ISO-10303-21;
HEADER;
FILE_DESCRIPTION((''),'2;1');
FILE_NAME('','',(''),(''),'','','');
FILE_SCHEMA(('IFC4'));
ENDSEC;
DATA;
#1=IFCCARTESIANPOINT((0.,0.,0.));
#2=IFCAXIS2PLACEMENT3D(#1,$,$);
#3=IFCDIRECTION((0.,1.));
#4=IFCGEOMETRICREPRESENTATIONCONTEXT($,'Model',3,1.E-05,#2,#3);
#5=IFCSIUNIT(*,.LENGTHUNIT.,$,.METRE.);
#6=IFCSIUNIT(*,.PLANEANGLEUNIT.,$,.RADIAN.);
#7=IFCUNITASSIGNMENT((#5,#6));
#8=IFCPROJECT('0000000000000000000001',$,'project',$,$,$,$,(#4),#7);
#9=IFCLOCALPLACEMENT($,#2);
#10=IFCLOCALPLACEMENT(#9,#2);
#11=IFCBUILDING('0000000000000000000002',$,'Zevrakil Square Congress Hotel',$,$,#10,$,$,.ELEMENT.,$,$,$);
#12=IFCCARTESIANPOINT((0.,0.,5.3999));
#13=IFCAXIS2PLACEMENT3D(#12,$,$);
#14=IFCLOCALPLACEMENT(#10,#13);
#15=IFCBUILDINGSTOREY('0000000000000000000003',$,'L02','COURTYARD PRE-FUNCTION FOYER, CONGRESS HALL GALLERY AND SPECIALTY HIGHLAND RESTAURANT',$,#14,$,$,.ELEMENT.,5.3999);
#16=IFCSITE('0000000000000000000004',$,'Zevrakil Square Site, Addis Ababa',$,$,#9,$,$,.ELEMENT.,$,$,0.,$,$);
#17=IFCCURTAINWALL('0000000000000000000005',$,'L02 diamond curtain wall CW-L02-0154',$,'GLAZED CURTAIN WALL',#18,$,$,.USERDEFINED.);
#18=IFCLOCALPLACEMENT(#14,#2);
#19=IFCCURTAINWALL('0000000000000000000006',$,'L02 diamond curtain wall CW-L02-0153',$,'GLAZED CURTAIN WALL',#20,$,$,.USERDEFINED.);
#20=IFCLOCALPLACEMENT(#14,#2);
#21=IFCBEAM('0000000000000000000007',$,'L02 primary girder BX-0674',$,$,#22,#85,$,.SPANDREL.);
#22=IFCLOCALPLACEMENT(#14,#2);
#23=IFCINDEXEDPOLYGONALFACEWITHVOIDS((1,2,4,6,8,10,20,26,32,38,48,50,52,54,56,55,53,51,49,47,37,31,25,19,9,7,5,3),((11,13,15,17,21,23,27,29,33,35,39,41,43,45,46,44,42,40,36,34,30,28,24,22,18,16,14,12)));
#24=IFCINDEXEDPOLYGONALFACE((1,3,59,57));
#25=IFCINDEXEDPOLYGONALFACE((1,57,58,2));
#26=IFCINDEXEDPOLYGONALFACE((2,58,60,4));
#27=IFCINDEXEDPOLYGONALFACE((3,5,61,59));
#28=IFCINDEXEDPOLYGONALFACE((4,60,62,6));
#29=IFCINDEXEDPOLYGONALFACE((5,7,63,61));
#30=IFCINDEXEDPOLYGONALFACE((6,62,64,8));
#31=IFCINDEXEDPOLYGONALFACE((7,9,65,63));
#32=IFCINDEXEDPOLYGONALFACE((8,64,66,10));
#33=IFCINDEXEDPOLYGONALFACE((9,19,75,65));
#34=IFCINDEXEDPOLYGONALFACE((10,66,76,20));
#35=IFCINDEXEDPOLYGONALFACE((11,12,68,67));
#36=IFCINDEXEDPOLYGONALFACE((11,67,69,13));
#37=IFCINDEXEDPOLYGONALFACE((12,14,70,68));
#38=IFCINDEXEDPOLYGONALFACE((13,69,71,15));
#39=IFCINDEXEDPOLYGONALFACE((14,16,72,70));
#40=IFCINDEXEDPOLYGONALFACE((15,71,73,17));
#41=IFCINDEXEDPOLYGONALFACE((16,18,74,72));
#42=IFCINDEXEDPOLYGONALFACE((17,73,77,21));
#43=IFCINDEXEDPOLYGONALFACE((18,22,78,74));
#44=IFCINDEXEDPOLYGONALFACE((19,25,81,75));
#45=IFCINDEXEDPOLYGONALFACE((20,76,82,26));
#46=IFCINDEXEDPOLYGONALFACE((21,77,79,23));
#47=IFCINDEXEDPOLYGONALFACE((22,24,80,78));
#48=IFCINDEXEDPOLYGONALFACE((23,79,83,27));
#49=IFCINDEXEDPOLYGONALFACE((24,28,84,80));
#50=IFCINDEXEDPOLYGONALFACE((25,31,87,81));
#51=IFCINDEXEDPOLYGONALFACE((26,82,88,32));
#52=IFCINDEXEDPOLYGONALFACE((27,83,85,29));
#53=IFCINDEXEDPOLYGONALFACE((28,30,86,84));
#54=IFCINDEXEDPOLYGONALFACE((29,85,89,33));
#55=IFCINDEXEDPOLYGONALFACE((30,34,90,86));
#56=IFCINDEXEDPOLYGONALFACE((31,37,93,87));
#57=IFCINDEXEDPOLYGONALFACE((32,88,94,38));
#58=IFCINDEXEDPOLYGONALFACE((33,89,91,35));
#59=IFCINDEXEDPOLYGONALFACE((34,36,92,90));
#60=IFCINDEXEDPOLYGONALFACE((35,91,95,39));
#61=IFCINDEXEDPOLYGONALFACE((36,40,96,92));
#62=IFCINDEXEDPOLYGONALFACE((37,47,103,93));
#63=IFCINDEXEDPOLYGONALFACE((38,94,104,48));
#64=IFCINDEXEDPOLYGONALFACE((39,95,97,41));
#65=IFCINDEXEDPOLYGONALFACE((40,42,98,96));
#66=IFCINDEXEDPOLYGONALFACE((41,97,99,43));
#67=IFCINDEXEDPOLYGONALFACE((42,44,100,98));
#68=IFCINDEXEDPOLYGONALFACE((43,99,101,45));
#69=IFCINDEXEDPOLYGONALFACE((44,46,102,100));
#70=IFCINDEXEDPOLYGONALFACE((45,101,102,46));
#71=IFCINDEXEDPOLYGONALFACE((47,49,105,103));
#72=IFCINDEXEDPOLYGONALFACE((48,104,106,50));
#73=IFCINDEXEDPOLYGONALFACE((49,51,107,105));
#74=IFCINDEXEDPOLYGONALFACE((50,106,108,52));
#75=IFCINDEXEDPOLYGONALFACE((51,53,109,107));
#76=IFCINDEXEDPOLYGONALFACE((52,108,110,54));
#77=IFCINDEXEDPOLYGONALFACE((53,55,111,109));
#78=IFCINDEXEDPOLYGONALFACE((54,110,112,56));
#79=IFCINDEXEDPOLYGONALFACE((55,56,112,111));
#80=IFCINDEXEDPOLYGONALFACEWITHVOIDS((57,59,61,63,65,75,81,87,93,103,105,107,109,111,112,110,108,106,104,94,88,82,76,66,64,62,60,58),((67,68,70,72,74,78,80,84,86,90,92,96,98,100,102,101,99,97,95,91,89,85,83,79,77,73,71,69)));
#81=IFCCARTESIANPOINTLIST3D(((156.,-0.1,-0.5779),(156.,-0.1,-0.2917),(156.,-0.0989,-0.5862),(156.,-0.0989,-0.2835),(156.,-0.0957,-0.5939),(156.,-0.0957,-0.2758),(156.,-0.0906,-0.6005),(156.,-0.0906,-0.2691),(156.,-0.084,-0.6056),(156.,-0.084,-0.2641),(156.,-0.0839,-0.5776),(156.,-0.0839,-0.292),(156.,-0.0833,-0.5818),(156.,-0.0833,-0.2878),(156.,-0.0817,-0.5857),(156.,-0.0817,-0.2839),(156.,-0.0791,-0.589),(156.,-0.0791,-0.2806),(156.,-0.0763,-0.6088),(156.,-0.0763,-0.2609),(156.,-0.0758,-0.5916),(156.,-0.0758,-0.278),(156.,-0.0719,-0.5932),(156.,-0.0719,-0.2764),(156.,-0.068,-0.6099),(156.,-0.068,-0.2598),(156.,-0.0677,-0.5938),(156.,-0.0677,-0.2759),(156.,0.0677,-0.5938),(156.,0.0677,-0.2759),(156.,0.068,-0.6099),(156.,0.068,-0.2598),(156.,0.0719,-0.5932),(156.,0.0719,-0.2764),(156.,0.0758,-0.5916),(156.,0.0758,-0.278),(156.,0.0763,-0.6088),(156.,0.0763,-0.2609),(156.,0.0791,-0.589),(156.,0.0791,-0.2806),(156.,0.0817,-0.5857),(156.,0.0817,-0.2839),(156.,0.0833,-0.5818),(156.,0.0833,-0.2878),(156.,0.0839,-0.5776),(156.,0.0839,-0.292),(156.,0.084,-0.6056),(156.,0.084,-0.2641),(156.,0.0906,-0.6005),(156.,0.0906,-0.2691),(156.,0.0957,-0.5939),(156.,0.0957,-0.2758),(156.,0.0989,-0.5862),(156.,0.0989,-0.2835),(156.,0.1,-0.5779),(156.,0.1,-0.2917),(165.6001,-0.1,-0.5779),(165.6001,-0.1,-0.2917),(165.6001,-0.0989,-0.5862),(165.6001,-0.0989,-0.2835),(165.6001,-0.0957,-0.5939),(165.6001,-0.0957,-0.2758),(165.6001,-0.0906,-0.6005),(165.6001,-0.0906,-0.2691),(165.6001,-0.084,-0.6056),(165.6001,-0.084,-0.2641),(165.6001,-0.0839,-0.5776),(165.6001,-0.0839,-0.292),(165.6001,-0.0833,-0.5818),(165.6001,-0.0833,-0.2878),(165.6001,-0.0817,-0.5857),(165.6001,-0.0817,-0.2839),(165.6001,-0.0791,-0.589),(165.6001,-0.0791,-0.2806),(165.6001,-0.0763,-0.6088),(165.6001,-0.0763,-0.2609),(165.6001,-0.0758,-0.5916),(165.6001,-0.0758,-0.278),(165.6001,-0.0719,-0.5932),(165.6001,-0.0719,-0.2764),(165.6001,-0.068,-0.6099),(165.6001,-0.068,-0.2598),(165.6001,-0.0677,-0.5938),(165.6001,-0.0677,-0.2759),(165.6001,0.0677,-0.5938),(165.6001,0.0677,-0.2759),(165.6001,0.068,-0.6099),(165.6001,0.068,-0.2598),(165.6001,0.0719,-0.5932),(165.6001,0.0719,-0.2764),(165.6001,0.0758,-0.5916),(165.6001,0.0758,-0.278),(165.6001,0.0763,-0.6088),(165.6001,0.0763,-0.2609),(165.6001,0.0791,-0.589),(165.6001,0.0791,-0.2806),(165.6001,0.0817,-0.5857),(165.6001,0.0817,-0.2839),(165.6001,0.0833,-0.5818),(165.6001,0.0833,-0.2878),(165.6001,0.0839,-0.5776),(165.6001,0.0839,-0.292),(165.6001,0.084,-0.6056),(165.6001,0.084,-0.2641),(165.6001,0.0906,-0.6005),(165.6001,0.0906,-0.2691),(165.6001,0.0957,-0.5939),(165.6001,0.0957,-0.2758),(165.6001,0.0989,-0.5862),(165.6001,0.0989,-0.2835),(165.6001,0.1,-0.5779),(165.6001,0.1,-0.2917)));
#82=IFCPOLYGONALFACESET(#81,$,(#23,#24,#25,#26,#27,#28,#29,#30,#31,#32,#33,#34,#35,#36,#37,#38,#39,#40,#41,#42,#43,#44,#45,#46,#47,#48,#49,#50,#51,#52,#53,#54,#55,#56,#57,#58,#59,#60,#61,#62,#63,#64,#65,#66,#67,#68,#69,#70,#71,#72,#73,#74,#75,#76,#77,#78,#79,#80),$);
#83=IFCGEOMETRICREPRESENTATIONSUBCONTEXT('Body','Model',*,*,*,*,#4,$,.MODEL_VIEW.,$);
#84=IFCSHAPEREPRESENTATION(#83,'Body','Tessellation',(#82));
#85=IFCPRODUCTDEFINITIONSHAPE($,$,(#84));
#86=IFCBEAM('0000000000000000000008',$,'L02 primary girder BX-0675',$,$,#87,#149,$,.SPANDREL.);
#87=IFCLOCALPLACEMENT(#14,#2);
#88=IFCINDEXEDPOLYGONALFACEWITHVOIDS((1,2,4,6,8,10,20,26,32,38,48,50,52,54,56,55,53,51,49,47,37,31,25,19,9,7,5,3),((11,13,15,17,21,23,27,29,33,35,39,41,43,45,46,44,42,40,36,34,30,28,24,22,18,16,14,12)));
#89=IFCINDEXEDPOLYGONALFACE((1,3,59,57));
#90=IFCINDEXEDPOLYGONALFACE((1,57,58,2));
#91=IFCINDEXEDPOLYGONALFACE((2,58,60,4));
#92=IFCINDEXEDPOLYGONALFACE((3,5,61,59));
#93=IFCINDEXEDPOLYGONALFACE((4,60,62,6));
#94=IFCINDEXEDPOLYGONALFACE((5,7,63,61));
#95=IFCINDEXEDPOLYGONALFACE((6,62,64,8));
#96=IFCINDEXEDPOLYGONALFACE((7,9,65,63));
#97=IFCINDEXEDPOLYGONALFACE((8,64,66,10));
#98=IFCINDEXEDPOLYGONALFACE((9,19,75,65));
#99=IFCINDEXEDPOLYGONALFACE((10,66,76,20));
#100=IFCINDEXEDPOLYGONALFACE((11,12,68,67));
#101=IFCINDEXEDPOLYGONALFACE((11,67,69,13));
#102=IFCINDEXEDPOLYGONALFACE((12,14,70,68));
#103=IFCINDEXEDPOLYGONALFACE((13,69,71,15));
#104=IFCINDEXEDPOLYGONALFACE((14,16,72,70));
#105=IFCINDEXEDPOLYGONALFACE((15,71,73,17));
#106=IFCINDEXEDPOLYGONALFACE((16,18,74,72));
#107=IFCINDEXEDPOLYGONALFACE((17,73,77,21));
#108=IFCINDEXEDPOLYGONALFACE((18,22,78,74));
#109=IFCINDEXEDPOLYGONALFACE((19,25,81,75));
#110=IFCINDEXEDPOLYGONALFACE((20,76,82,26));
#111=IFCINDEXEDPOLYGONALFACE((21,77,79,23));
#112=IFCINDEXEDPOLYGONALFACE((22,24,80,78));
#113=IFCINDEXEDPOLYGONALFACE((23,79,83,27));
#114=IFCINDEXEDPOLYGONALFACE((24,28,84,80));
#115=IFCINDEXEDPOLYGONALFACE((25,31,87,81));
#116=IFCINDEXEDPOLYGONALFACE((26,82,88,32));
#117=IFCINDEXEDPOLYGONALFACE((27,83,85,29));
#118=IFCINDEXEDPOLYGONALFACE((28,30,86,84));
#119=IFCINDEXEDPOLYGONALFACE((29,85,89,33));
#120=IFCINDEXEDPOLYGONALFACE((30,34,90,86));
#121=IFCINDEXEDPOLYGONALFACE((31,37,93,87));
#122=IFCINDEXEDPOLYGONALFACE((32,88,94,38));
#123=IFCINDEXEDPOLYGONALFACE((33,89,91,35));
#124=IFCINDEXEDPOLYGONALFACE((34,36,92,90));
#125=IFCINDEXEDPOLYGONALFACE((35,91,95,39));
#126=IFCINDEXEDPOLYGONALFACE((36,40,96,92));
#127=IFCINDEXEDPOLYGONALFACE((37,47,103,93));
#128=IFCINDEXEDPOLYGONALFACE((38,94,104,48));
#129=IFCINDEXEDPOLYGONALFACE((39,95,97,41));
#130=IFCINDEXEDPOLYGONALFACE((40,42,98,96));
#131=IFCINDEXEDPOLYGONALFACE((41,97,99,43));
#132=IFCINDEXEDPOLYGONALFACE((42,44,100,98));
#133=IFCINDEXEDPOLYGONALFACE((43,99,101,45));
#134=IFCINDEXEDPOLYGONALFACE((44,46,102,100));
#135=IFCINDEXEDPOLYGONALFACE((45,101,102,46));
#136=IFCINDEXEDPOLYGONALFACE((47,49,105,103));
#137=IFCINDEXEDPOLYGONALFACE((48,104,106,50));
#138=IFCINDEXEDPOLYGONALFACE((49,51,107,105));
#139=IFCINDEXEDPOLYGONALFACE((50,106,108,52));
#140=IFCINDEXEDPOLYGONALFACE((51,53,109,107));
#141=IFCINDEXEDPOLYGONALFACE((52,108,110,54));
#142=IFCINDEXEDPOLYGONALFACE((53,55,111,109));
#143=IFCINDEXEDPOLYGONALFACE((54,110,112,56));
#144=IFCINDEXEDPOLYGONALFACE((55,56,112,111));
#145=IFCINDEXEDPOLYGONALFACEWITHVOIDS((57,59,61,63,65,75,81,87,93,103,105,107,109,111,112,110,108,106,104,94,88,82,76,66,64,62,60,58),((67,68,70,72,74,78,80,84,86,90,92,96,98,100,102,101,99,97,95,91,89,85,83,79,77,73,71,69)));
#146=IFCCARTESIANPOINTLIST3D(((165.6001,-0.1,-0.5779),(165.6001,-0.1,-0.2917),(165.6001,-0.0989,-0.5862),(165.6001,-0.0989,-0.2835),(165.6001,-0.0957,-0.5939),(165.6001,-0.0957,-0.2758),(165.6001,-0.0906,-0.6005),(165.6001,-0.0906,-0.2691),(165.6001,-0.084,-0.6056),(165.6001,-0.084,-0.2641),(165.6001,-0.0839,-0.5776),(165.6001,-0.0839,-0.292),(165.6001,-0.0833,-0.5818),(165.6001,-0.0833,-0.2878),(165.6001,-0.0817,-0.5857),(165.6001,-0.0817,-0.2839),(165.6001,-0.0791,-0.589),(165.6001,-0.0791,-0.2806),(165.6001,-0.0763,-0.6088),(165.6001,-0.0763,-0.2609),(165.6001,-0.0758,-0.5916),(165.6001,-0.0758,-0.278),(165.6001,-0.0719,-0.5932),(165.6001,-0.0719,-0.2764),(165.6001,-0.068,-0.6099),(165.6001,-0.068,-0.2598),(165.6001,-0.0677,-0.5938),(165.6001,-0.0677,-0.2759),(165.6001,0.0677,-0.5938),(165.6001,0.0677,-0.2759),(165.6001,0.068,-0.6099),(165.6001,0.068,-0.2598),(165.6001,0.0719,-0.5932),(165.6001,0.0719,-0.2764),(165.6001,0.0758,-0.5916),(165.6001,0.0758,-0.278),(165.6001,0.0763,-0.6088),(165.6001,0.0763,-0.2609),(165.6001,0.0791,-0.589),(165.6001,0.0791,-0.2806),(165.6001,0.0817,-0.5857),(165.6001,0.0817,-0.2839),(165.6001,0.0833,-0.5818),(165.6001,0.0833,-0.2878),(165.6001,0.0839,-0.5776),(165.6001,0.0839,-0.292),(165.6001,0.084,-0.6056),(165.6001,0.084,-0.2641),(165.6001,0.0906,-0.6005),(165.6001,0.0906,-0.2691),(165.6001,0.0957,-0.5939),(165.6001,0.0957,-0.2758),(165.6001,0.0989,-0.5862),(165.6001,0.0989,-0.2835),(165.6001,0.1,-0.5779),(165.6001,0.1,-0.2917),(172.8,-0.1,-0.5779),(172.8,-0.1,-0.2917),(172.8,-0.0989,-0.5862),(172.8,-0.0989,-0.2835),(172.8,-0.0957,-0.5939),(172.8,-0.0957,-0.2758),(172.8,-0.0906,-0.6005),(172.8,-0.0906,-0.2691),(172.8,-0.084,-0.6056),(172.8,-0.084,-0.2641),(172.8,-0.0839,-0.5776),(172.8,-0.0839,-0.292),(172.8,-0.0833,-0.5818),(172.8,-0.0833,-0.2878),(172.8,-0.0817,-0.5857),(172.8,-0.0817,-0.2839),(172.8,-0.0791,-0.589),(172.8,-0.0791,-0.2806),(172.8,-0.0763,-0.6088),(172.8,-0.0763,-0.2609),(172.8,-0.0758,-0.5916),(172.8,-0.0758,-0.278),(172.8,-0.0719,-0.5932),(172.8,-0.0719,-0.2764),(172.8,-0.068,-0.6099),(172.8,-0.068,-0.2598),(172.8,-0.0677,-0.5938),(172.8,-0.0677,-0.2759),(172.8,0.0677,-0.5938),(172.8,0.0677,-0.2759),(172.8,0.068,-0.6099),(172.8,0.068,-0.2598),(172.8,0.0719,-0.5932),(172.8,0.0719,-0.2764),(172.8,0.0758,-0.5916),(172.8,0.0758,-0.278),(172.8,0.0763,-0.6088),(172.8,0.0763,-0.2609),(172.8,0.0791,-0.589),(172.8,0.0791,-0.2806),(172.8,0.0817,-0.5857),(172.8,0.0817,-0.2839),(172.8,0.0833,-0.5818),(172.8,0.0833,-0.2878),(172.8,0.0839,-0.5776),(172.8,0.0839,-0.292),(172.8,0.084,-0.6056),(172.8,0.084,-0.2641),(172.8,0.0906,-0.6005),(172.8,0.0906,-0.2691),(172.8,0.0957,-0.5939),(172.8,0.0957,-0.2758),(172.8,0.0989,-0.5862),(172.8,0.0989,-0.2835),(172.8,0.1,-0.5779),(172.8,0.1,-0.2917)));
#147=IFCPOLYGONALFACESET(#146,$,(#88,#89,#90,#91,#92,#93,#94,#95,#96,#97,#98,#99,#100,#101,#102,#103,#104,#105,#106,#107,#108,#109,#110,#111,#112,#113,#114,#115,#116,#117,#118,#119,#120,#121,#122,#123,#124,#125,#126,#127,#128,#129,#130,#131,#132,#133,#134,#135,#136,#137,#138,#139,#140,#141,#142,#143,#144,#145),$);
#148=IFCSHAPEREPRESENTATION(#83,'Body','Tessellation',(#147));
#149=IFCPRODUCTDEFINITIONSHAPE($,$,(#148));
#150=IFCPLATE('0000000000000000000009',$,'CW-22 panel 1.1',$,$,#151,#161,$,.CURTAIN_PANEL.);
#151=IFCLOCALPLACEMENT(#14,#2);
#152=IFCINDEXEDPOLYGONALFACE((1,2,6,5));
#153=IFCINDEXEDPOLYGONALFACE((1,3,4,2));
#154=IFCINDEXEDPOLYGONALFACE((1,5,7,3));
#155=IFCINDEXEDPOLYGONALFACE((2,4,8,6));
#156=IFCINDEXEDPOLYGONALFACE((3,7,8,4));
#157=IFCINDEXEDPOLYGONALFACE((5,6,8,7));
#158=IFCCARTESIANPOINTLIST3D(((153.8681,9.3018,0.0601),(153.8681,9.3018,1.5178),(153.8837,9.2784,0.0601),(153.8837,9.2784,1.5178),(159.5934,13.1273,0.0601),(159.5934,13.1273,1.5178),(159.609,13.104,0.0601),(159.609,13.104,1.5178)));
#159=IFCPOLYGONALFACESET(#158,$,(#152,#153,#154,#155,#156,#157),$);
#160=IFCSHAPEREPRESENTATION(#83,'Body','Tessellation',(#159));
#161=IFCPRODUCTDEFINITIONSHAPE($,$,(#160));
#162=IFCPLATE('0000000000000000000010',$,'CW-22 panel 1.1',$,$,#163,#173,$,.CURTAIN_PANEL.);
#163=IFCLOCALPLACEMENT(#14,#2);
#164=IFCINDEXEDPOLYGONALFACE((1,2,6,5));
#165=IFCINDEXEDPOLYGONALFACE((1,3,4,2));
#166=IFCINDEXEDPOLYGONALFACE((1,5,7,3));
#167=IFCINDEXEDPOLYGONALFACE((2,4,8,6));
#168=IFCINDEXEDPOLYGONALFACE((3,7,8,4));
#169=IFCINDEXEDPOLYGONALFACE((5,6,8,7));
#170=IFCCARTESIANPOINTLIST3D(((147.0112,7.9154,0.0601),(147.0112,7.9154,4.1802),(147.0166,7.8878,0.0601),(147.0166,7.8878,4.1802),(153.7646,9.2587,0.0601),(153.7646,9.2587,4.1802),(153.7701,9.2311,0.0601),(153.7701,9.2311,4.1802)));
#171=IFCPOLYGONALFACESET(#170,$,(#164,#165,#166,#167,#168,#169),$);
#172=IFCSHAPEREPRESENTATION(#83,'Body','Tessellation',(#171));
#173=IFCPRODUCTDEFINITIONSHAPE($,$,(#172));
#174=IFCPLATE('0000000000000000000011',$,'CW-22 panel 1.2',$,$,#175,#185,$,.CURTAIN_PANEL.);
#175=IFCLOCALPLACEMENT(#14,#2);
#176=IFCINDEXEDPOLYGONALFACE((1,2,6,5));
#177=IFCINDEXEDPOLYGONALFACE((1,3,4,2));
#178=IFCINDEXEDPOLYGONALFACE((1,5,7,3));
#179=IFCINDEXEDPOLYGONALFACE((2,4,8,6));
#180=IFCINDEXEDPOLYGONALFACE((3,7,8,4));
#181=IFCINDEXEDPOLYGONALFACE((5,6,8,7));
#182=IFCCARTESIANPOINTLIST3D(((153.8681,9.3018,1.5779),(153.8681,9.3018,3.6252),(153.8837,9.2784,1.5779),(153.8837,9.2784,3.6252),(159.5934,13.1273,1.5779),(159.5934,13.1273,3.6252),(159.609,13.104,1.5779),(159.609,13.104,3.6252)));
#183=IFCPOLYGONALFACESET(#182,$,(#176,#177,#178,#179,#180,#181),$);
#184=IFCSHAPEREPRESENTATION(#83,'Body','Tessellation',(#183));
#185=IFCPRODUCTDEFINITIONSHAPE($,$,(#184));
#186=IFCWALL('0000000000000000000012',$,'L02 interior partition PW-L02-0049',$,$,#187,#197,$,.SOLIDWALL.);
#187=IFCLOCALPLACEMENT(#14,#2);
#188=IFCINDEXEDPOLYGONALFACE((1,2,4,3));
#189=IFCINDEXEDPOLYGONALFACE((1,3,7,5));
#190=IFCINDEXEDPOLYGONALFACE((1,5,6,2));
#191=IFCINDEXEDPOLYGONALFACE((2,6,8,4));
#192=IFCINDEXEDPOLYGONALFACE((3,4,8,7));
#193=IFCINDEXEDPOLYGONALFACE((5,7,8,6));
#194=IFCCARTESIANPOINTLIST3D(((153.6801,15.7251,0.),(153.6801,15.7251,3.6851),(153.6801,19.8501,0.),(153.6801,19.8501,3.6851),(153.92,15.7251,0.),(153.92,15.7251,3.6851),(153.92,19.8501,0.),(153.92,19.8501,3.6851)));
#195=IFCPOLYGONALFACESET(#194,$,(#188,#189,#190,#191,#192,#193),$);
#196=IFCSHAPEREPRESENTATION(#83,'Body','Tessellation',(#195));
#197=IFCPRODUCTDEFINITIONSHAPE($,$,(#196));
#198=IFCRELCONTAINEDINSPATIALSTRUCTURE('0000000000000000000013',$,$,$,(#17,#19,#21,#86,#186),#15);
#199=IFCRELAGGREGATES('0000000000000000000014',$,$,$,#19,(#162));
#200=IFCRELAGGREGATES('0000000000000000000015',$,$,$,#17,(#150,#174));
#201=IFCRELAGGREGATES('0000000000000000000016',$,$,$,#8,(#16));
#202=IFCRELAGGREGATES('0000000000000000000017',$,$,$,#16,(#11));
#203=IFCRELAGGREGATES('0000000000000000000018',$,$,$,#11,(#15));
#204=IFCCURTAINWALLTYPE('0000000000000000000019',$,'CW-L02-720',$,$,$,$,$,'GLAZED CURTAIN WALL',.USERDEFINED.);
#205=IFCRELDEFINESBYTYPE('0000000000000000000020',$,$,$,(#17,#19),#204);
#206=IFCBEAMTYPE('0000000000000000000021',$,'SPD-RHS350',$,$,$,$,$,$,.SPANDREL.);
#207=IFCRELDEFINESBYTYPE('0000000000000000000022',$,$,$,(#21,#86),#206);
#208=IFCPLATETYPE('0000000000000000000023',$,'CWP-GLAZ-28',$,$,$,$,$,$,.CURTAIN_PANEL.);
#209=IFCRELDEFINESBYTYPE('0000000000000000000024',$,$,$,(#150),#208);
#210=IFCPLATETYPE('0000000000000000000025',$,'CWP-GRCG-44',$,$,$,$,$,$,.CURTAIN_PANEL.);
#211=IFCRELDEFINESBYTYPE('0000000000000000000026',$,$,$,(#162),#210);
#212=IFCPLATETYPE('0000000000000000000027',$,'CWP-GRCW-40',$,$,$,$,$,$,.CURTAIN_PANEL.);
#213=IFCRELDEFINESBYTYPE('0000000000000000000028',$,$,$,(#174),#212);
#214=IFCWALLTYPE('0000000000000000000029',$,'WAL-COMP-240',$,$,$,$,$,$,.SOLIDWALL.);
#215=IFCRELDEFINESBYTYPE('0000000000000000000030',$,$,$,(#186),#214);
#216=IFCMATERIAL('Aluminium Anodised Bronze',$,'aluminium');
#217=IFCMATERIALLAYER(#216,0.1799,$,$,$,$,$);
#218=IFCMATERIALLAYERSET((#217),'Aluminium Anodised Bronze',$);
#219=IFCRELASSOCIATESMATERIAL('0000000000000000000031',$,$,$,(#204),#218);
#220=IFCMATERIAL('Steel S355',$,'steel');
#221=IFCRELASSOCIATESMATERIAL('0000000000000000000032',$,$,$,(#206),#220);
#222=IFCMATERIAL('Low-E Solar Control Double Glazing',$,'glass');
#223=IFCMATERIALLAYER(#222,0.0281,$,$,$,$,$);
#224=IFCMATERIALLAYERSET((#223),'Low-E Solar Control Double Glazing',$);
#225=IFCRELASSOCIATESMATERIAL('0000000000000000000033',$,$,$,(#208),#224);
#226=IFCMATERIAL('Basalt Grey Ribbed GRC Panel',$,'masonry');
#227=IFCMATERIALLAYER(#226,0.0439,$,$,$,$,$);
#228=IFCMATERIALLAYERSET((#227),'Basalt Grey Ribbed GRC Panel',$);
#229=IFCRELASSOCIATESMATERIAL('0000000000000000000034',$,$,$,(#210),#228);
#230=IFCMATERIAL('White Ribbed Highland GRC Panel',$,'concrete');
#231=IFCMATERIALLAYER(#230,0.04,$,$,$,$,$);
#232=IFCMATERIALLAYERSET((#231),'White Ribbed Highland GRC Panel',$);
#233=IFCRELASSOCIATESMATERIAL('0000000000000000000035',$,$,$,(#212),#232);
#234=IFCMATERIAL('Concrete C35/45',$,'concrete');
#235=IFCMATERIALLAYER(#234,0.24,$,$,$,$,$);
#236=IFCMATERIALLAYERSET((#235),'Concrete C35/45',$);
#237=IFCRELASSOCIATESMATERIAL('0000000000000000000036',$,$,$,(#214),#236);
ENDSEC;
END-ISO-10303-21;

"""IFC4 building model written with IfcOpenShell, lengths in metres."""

from ifc_helpers import new_model, si_unit, direction, frame, frame_2d, origin, origin_2d, place, context, subcontext, project, spatial, rectangle, hollow_rectangle, extrude, material, layer, layer_set, material_profile, profile_set, type_object, element, aggregate, save


model = new_model("IFC4")

# Units and contexts
model_context = context("Model", 3, precision=1e-05, world=origin(), true_north=direction((0.0, 1.0)))
body_context = subcontext(model_context, "Body", "Model", "MODEL_VIEW")
ifc_project = project(units=[si_unit("LENGTHUNIT", "METRE"), si_unit("PLANEANGLEUNIT", "RADIAN")], contexts=[model_context])

# Site, building, storey
site_placement = place(None, origin())
site = spatial("IfcSite", under=ifc_project, at=site_placement, Name="Zevrakil Square Site, Addis Ababa", CompositionType="ELEMENT", RefElevation=0.0)
building_placement = place(site_placement, origin())
building = spatial("IfcBuilding", under=site, at=building_placement, Name="Zevrakil Square Congress Hotel", CompositionType="ELEMENT")
storey_placement = place(building_placement, frame((0.0, 0.0, 5.3999)))
storey = spatial("IfcBuildingStorey", under=building, at=storey_placement, Name="L02", Description="COURTYARD PRE-FUNCTION FOYER, CONGRESS HALL GALLERY AND SPECIALTY HIGHLAND RESTAURANT", CompositionType="ELEMENT", Elevation=5.3999)

# Curtain wall
ifc_material_1 = material(Name="Aluminium Anodised Bronze", Category="aluminium")
ifc_layer_1 = layer(ifc_material_1, 0.1799)
ifc_layer_set_1 = layer_set([ifc_layer_1], Name="Aluminium Anodised Bronze")
curtain_wall_type = type_object("IfcCurtainWallType", Name="CW-L02-720", ElementType="GLAZED CURTAIN WALL", PredefinedType="USERDEFINED", material=ifc_layer_set_1)
curtain_wall_1_placement = place(storey_placement, origin())
curtain_wall_1 = element("IfcCurtainWall", 1, at=curtain_wall_1_placement, inside=storey, type_object=curtain_wall_type, Name="L02 diamond curtain wall CW-L02-0154", ObjectType="GLAZED CURTAIN WALL", PredefinedType="USERDEFINED")

# Curtain wall
curtain_wall_2_placement = place(storey_placement, origin())
curtain_wall_2 = element("IfcCurtainWall", 2, at=curtain_wall_2_placement, inside=storey, type_object=curtain_wall_type, Name="L02 diamond curtain wall CW-L02-0153", ObjectType="GLAZED CURTAIN WALL", PredefinedType="USERDEFINED")

# Beams
ifc_material_2 = material(Name="Steel S355", Category="steel")
ifc_material_profile_1 = material_profile(ifc_material_2, hollow_rectangle(XDim=0.2, YDim=0.3501, WallThickness=0.0161, InnerFilletRadius=0.0161, OuterFilletRadius=0.032, at=origin_2d()), Name="RHS 350x200x16")
ifc_profile_set_1 = profile_set([ifc_material_profile_1], Name="Steel S355")
beam_type_1 = type_object("IfcBeamType", Name="SPD-RHS350", PredefinedType="SPANDREL", material=ifc_profile_set_1)
beam_1_placement = place(storey_placement, frame((156.0, 0.0, -0.4348), z_axis=(1.0, 0.0, 0.0), x_axis=(0.0, 1.0, 0.0)))
element("IfcBeam", 3, at=beam_1_placement, inside=storey, type_object=beam_type_1, Name="L02 primary girder BX-0674", PredefinedType="SPANDREL", context=body_context, shape_type="SweptSolid", body=[
    extrude(hollow_rectangle(XDim=0.2, YDim=0.3501, WallThickness=0.0161, InnerFilletRadius=0.0161, OuterFilletRadius=0.032, at=origin_2d()), origin(), (0.0, 0.0, 1.0), 9.6001),
])
beam_2_placement = place(storey_placement, frame((165.6001, 0.0, -0.4348), z_axis=(1.0, 0.0, 0.0), x_axis=(0.0, 1.0, 0.0)))
element("IfcBeam", 4, at=beam_2_placement, inside=storey, type_object=beam_type_1, Name="L02 primary girder BX-0675", PredefinedType="SPANDREL", context=body_context, shape_type="SweptSolid", body=[
    extrude(hollow_rectangle(XDim=0.2, YDim=0.3501, WallThickness=0.0161, InnerFilletRadius=0.0161, OuterFilletRadius=0.032, at=origin_2d()), origin(), (0.0, 0.0, 1.0), 7.2),
])

# Plates
ifc_material_3 = material(Name="Low-E Solar Control Double Glazing", Category="glass")
ifc_layer_2 = layer(ifc_material_3, 0.0281)
ifc_layer_set_2 = layer_set([ifc_layer_2], Name="Low-E Solar Control Double Glazing")
plate_type_1 = type_object("IfcPlateType", Name="CWP-GLAZ-28", PredefinedType="CURTAIN_PANEL", material=ifc_layer_set_2)
plate_1_placement = place(storey_placement, frame((156.7385, 11.2029, 0.0601), z_axis=(0.0, 0.0, 1.0), x_axis=(0.831466, 0.555576, 0.0)))
plate_1 = element("IfcPlate", 5, at=plate_1_placement, type_object=plate_type_1, Name="CW-22 panel 1.1", PredefinedType="CURTAIN_PANEL", context=body_context, shape_type="SweptSolid", body=[
    extrude(rectangle(XDim=6.8857, YDim=0.0281, at=origin_2d()), origin(), (0.0, 0.0, 1.0), 1.4578),
])
ifc_material_4 = material(Name="Basalt Grey Ribbed GRC Panel", Category="masonry")
ifc_layer_3 = layer(ifc_material_4, 0.0439)
ifc_layer_set_3 = layer_set([ifc_layer_3], Name="Basalt Grey Ribbed GRC Panel")
plate_type_2 = type_object("IfcPlateType", Name="CWP-GRCG-44", PredefinedType="CURTAIN_PANEL", material=ifc_layer_set_3)
plate_2_placement = place(storey_placement, frame((150.3906, 8.5732, 0.0601), z_axis=(0.0, 0.0, 1.0), x_axis=(0.980787, 0.195084, 0.0)))
plate_2 = element("IfcPlate", 6, at=plate_2_placement, type_object=plate_type_2, Name="CW-22 panel 1.1", PredefinedType="CURTAIN_PANEL", context=body_context, shape_type="SweptSolid", body=[
    extrude(rectangle(XDim=6.8857, YDim=0.0281, at=origin_2d()), origin(), (0.0, 0.0, 1.0), 4.1201),
])
aggregate(curtain_wall_2, [plate_2])
ifc_material_5 = material(Name="White Ribbed Highland GRC Panel", Category="concrete")
ifc_layer_4 = layer(ifc_material_5, 0.04)
ifc_layer_set_4 = layer_set([ifc_layer_4], Name="White Ribbed Highland GRC Panel")
plate_type_3 = type_object("IfcPlateType", Name="CWP-GRCW-40", PredefinedType="CURTAIN_PANEL", material=ifc_layer_set_4)
plate_3_placement = place(storey_placement, frame((156.7385, 11.2029, 1.5779), z_axis=(0.0, 0.0, 1.0), x_axis=(0.831466, 0.555576, 0.0)))
plate_3 = element("IfcPlate", 7, at=plate_3_placement, type_object=plate_type_3, Name="CW-22 panel 1.2", PredefinedType="CURTAIN_PANEL", context=body_context, shape_type="SweptSolid", body=[
    extrude(rectangle(XDim=6.8857, YDim=0.0281, at=origin_2d()), origin(), (0.0, 0.0, 1.0), 2.0474),
])
aggregate(curtain_wall_1, [plate_1, plate_3])

# Wall
ifc_material_6 = material(Name="Concrete C35/45", Category="concrete")
ifc_layer_5 = layer(ifc_material_6, 0.24)
ifc_layer_set_5 = layer_set([ifc_layer_5], Name="Concrete C35/45")
wall_type_1 = type_object("IfcWallType", Name="WAL-COMP-240", PredefinedType="SOLIDWALL", material=ifc_layer_set_5)
wall_1_placement = place(storey_placement, frame((153.8, 15.7251, 0.0), z_axis=(0.0, 0.0, 1.0), x_axis=(0.0, 1.0, 0.0)))
element("IfcWall", 8, at=wall_1_placement, inside=storey, type_object=wall_type_1, Name="L02 interior partition PW-L02-0049", PredefinedType="SOLIDWALL", context=body_context, shape_type="SweptSolid", body=[
    extrude(rectangle(XDim=4.125, YDim=0.24, at=frame_2d((2.0625, 0.0))), origin(), (0.0, 0.0, 1.0), 3.6851),
])

save(model, "model.ifc")
